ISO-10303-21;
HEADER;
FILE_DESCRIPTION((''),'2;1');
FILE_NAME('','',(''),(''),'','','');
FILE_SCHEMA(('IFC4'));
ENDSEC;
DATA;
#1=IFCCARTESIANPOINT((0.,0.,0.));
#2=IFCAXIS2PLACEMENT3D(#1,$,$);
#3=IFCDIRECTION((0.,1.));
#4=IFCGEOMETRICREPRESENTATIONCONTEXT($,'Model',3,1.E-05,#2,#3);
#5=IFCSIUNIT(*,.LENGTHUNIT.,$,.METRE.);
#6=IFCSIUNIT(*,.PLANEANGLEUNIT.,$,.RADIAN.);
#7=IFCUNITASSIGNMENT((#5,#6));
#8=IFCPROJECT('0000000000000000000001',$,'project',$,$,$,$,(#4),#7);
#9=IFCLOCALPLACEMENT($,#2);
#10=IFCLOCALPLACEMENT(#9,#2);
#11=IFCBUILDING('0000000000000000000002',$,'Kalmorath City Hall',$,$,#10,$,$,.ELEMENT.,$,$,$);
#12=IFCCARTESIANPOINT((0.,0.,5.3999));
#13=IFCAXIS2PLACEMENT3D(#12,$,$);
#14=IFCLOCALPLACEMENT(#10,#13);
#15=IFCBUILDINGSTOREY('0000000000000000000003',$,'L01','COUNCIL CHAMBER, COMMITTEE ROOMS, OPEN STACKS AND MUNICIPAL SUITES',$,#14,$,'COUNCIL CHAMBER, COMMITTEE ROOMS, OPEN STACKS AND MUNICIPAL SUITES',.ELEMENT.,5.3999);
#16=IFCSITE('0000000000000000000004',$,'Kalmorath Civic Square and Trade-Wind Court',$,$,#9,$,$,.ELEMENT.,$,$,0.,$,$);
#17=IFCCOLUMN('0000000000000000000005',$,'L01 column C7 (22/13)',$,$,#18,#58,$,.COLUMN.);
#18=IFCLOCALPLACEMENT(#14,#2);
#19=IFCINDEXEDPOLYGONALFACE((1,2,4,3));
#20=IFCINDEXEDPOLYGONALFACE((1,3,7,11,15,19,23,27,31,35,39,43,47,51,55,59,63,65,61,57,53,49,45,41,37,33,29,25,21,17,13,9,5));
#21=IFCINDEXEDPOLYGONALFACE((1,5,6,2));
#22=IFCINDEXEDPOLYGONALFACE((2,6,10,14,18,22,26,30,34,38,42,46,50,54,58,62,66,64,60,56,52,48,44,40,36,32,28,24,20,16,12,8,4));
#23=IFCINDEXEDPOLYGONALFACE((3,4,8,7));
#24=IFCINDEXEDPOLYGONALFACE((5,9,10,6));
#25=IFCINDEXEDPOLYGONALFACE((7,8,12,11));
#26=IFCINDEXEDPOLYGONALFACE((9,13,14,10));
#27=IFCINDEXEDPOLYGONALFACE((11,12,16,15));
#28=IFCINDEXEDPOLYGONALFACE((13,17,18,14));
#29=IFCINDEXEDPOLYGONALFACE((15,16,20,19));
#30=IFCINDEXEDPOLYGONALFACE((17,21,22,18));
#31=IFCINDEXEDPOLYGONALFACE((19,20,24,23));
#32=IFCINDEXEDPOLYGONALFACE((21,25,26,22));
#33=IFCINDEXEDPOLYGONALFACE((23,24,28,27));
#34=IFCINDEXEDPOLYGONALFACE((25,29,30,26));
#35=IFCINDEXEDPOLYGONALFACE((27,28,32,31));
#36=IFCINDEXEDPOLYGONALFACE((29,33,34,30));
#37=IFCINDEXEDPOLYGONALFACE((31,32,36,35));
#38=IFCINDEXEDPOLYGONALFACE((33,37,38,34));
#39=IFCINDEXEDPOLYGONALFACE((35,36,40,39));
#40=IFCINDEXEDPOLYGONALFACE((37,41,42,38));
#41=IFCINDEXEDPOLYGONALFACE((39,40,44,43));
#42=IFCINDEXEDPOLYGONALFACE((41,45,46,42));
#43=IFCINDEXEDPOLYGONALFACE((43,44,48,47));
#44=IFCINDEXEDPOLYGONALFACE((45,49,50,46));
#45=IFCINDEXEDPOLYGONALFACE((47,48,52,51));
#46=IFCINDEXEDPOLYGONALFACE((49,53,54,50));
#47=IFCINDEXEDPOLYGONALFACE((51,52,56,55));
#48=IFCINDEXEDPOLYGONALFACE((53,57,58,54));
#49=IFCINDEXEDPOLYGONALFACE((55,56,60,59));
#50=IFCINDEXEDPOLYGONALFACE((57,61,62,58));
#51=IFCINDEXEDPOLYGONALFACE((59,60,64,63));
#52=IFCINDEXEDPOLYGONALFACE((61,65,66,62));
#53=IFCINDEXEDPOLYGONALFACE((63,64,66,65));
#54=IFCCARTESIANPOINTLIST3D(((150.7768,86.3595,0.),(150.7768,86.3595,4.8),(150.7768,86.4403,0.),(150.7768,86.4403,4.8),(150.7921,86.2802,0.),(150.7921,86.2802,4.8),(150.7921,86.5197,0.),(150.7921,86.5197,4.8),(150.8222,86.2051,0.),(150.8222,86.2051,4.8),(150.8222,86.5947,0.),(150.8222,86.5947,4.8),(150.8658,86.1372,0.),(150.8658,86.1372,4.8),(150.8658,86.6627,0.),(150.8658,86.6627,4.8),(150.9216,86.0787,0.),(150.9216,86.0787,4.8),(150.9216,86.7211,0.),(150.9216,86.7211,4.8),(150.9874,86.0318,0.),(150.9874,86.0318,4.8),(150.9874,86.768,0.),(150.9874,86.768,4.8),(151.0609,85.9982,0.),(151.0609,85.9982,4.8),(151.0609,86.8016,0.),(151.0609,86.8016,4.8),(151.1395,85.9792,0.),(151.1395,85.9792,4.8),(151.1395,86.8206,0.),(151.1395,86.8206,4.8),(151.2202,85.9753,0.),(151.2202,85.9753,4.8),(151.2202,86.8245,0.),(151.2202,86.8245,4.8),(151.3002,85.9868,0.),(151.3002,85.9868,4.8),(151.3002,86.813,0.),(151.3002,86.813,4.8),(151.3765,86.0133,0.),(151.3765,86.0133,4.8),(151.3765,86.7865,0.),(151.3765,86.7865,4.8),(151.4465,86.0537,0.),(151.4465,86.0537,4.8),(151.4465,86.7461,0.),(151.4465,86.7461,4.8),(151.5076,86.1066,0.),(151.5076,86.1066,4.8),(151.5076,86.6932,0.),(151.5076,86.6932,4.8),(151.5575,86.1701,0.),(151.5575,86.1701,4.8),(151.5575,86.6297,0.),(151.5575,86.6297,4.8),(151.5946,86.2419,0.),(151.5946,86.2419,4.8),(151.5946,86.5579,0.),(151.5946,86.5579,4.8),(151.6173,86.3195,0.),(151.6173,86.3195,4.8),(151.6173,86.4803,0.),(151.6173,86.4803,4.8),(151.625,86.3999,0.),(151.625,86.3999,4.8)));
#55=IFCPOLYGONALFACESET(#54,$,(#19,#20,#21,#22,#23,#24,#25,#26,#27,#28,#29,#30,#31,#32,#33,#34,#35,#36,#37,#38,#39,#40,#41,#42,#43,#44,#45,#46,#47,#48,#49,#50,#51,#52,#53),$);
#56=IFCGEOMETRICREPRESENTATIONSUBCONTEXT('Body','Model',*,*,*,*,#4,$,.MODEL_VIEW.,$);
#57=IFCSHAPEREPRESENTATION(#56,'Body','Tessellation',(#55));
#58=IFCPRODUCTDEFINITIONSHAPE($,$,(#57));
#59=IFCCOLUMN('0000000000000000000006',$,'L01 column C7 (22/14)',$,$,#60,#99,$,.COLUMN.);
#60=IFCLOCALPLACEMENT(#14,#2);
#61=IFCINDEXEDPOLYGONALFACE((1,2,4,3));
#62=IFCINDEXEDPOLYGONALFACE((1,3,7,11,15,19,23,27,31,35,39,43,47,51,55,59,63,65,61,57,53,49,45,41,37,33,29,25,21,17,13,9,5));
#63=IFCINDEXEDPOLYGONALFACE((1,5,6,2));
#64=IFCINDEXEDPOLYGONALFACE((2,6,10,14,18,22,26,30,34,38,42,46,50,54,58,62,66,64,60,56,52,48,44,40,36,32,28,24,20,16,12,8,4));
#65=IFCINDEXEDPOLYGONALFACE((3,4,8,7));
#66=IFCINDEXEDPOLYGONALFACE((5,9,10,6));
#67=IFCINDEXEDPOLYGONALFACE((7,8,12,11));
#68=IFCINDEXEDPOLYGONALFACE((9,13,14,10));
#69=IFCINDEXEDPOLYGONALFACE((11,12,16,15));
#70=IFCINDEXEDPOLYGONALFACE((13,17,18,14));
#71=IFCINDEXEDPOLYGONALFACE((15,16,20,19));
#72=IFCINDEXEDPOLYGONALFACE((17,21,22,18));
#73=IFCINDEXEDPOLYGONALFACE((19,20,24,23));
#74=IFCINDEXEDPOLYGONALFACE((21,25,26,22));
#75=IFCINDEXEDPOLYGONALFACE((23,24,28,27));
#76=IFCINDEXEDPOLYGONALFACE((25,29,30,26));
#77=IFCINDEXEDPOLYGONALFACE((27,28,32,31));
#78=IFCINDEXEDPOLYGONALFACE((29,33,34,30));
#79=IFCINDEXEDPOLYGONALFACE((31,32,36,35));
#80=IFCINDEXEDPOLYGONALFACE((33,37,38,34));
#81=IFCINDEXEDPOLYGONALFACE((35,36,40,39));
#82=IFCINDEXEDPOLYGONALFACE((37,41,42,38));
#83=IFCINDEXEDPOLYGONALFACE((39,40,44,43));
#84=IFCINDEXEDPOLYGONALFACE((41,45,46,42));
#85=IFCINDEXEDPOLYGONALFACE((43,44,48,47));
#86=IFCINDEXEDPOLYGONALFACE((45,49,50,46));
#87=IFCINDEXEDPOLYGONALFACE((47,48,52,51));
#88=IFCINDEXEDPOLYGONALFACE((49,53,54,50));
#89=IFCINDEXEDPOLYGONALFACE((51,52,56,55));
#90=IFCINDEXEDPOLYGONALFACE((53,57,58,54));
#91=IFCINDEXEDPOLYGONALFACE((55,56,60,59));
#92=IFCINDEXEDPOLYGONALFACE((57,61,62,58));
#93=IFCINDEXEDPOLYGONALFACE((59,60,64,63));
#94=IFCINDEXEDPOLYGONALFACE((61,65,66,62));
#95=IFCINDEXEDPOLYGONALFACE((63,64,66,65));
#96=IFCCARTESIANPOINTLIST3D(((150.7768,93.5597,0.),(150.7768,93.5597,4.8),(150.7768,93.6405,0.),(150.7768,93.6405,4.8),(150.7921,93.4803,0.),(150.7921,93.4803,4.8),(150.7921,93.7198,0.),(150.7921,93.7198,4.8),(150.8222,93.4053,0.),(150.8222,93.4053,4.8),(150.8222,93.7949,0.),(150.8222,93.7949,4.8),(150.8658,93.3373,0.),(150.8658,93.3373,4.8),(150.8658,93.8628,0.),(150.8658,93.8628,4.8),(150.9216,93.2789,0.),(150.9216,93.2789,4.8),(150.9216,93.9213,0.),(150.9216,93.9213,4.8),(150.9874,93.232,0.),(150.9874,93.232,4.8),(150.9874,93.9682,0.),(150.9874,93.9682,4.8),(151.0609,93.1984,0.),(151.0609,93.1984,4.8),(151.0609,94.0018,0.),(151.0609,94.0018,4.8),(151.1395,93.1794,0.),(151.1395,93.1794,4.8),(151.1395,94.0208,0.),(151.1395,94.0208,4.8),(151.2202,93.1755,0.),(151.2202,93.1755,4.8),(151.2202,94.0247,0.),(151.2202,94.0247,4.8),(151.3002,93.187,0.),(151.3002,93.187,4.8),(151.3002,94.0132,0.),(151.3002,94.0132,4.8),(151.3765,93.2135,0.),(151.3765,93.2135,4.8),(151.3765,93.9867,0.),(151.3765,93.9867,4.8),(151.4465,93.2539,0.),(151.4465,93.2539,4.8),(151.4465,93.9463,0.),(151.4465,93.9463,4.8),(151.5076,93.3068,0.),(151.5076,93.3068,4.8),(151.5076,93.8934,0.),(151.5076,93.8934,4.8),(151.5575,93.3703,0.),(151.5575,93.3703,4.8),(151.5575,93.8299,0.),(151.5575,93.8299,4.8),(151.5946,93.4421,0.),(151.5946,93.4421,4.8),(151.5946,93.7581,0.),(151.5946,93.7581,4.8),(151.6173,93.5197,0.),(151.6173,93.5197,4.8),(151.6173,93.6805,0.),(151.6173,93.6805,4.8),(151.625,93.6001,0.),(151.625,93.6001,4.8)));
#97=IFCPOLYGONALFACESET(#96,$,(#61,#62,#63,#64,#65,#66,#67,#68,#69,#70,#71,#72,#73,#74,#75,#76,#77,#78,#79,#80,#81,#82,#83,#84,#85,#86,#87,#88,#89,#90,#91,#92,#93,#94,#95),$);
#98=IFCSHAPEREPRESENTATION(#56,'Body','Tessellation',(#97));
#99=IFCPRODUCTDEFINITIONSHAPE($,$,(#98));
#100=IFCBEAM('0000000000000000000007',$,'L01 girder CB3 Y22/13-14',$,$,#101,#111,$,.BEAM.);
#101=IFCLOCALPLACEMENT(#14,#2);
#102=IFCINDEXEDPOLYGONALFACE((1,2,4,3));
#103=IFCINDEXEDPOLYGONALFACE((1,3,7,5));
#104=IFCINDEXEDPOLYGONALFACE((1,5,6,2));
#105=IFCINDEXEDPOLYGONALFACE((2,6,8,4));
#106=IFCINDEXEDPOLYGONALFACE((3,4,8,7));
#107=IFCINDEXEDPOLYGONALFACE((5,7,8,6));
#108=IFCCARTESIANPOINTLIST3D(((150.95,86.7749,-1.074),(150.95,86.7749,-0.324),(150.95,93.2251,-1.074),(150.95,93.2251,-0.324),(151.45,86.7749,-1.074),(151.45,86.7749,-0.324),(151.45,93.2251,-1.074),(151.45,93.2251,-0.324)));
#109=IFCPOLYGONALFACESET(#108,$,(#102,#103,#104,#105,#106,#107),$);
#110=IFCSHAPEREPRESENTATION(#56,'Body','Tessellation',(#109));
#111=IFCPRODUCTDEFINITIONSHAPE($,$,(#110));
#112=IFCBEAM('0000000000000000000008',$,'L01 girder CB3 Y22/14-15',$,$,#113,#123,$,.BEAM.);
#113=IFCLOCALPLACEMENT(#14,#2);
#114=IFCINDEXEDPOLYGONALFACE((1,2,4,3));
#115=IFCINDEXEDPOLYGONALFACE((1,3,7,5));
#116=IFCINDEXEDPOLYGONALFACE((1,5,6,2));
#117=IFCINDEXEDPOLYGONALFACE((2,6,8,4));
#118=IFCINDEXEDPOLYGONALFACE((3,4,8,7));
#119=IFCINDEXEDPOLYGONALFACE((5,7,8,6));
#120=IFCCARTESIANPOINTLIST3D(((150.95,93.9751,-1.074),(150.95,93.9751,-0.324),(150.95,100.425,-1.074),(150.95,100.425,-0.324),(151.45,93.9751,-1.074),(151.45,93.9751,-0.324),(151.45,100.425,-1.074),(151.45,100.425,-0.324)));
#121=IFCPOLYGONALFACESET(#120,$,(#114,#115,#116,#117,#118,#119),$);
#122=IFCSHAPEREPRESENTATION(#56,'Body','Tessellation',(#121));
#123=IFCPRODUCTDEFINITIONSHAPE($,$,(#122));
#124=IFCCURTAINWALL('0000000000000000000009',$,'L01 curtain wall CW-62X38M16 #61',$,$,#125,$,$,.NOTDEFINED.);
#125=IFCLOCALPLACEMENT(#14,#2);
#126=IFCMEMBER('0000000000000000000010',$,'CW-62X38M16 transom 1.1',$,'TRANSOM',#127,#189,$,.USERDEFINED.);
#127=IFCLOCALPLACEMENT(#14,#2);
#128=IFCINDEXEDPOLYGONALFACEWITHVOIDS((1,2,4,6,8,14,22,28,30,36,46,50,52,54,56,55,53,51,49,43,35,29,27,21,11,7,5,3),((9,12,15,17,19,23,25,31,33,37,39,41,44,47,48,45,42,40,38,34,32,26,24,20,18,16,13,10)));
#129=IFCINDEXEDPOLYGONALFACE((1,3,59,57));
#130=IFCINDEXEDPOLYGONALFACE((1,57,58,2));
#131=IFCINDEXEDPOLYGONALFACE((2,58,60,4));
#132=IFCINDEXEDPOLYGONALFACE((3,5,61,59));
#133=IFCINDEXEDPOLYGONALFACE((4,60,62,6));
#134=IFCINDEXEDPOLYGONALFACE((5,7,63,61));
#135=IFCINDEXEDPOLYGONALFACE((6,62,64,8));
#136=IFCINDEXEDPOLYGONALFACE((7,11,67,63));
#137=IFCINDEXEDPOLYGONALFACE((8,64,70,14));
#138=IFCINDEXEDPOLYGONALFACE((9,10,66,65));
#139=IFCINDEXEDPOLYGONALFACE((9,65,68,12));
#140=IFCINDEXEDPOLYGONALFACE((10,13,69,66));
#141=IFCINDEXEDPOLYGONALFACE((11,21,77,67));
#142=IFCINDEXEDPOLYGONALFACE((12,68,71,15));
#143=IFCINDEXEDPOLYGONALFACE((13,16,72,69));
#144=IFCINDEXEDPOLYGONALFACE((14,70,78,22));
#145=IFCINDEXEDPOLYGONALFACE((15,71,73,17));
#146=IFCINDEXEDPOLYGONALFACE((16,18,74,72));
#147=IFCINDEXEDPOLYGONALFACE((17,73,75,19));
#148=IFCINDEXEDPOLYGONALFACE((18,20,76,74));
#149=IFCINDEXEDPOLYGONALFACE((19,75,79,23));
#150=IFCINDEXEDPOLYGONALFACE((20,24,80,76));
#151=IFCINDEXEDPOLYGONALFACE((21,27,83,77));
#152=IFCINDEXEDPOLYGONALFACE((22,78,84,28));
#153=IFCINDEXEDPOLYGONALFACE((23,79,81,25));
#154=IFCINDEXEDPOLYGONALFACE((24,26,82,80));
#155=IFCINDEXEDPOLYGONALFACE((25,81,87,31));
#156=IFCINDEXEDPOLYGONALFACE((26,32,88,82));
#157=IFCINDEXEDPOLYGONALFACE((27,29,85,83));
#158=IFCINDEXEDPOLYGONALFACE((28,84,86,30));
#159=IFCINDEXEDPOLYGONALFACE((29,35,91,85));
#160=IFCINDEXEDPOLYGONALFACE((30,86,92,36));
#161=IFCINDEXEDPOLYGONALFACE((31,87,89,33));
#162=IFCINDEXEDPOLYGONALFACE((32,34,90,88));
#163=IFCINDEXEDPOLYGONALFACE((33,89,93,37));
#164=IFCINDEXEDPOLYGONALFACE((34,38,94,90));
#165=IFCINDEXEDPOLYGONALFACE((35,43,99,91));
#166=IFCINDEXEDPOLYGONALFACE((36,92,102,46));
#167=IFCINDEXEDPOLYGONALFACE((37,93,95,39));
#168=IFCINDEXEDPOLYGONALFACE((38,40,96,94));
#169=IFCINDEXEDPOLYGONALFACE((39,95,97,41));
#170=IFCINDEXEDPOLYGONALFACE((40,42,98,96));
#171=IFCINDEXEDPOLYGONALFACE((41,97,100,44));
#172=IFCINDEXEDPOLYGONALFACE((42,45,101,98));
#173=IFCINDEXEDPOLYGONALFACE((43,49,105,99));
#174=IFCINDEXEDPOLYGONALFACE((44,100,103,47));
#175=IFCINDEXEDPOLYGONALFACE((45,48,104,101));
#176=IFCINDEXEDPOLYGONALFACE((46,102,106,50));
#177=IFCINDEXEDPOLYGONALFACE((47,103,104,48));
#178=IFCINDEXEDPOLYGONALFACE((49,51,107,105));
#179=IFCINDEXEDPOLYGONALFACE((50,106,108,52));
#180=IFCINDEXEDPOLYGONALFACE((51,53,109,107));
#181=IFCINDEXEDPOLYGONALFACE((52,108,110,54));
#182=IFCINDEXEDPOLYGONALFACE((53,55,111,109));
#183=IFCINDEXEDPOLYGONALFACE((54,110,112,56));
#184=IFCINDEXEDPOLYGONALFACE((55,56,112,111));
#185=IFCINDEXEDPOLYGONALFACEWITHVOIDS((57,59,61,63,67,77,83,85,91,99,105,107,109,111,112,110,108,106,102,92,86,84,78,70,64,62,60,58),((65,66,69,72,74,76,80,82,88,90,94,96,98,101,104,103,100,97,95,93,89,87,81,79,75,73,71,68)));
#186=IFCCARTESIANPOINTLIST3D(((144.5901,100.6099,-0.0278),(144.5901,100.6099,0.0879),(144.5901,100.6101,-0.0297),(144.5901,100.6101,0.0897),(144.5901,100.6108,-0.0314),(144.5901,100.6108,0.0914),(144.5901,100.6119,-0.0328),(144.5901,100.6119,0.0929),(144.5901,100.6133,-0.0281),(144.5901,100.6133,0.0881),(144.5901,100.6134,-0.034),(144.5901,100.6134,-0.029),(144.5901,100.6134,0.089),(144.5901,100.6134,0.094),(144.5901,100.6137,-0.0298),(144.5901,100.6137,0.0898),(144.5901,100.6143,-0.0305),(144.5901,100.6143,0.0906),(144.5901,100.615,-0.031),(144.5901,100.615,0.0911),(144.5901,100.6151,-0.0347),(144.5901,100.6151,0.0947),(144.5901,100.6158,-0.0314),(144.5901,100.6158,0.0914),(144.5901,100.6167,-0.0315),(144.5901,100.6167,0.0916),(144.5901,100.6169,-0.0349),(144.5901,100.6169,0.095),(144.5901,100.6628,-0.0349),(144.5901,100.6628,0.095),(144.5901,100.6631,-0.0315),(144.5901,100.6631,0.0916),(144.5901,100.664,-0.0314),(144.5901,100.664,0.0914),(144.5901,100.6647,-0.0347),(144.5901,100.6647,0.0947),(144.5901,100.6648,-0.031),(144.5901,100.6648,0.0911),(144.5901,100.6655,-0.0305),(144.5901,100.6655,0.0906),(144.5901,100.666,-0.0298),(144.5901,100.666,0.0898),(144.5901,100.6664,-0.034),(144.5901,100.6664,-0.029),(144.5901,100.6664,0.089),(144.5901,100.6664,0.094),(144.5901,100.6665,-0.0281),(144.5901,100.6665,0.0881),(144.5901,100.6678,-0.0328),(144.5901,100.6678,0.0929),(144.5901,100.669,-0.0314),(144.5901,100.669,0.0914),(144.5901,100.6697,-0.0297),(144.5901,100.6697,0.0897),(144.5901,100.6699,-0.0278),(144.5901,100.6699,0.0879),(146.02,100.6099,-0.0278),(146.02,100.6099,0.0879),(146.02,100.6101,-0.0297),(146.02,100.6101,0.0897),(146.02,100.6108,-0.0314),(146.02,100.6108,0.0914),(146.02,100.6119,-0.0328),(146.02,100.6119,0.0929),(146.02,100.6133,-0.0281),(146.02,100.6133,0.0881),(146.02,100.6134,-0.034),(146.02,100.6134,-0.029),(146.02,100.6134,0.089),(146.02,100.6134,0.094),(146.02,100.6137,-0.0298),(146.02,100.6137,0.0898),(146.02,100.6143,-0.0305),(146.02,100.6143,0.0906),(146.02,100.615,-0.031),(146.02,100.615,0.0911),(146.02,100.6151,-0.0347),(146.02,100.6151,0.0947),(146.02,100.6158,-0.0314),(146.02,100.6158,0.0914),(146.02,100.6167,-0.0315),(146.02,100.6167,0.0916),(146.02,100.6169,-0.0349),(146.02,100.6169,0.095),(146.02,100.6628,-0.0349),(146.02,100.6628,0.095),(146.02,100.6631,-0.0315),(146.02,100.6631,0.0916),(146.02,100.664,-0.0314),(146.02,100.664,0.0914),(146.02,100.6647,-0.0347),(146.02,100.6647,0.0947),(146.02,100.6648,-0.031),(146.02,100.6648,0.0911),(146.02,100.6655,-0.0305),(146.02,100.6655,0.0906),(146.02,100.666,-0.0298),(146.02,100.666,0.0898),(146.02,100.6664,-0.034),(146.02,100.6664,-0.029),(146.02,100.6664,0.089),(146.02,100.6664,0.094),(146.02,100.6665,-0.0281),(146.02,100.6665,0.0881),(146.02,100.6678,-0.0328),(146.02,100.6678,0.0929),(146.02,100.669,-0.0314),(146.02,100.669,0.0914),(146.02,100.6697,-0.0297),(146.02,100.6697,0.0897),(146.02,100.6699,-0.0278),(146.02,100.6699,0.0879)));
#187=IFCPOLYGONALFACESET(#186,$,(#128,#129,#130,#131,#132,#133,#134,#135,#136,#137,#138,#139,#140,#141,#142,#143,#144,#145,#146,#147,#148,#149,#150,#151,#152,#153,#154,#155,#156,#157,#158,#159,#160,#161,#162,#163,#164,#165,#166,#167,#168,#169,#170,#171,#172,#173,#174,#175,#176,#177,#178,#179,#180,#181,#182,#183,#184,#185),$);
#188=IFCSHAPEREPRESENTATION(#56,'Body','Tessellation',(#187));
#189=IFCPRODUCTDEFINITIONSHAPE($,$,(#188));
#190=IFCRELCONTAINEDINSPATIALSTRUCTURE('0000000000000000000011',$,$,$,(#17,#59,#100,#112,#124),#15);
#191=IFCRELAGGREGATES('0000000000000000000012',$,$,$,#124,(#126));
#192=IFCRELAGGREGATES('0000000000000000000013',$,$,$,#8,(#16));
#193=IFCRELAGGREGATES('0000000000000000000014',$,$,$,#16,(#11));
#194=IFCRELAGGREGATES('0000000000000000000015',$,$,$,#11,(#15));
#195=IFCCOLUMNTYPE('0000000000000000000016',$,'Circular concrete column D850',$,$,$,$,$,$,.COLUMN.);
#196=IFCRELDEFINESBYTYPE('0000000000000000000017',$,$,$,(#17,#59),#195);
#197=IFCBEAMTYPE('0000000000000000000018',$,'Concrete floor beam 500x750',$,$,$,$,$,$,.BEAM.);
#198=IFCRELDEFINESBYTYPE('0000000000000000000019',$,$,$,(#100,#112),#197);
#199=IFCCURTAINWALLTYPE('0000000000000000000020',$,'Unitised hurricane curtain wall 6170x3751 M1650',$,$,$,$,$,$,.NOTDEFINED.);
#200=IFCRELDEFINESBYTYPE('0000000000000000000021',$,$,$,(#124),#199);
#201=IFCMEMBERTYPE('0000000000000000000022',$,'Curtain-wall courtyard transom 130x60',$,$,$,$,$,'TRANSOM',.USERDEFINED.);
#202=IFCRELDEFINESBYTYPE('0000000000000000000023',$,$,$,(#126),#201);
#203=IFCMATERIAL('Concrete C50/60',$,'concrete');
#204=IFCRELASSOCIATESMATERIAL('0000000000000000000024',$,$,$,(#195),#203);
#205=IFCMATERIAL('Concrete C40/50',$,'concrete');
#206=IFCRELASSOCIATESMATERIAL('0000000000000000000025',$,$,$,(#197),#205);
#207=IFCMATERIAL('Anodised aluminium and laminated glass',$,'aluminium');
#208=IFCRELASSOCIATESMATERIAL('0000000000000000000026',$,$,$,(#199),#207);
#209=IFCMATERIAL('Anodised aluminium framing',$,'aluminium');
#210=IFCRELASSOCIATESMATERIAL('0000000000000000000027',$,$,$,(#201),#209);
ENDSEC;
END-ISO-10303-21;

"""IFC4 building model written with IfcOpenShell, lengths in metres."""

from ifc_helpers import new_model, si_unit, direction, frame, origin, origin_2d, place, context, subcontext, project, spatial, rectangle, hollow_rectangle, circle, extrude, material, material_profile, profile_set, type_object, element, aggregate, save


model = new_model("IFC4")

# Units and contexts
model_context = context("Model", 3, precision=1e-05, world=origin(), true_north=direction((0.0, 1.0)))
body_context = subcontext(model_context, "Body", "Model", "MODEL_VIEW")
ifc_project = project(units=[si_unit("LENGTHUNIT", "METRE"), si_unit("PLANEANGLEUNIT", "RADIAN")], contexts=[model_context])

# Site, building, storey
site_placement = place(None, origin())
site = spatial("IfcSite", under=ifc_project, at=site_placement, Name="Kalmorath Civic Square and Trade-Wind Court", CompositionType="ELEMENT", RefElevation=0.0)
building_placement = place(site_placement, origin())
building = spatial("IfcBuilding", under=site, at=building_placement, Name="Kalmorath City Hall", CompositionType="ELEMENT")
storey_placement = place(building_placement, frame((0.0, 0.0, 5.3999)))
storey = spatial("IfcBuildingStorey", under=building, at=storey_placement, Name="L01", Description="COUNCIL CHAMBER, COMMITTEE ROOMS, OPEN STACKS AND MUNICIPAL SUITES", LongName="COUNCIL CHAMBER, COMMITTEE ROOMS, OPEN STACKS AND MUNICIPAL SUITES", CompositionType="ELEMENT", Elevation=5.3999)

# Columns
ifc_material_1 = material(Name="Concrete C50/60", Category="concrete")
ifc_material_profile_1 = material_profile(ifc_material_1, circle(Radius=0.425, at=origin_2d()), Name="RC-COL-D850")
ifc_profile_set_1 = profile_set([ifc_material_profile_1], Name="Concrete C50/60")
column_type = type_object("IfcColumnType", Name="Circular concrete column D850", PredefinedType="COLUMN", material=ifc_profile_set_1)
for number, where, z_axis, x_axis, name in (
    (1, (151.2, 86.3999, 0.0), (0.0, 0.0, 1.0), (1.0, 0.0, 0.0), "L01 column C7 (22/13)"),
    (2, (151.2, 93.6001, 0.0), (0.0, 0.0, 1.0), (1.0, 0.0, 0.0), "L01 column C7 (22/14)"),
):
    element("IfcColumn", number, at=place(storey_placement, frame(where, z_axis=z_axis, x_axis=x_axis)), inside=storey, type_object=column_type, Name=name, PredefinedType="COLUMN", context=body_context, shape_type="SweptSolid", body=[
        extrude(circle(Radius=0.425, at=origin_2d()), origin(), (0.0, 0.0, 1.0), 4.8),
    ])

# Beams
ifc_material_2 = material(Name="Concrete C40/50", Category="concrete")
ifc_material_profile_2 = material_profile(ifc_material_2, rectangle(XDim=0.5, YDim=0.75, at=origin_2d()), Name="RC-BM-500X750")
ifc_profile_set_2 = profile_set([ifc_material_profile_2], Name="Concrete C40/50")
beam_type_1 = type_object("IfcBeamType", Name="Concrete floor beam 500x750", PredefinedType="BEAM", material=ifc_profile_set_2)
beam_1_placement = place(storey_placement, frame((151.2, 86.7749, -0.699), z_axis=(0.0, 1.0, 0.0), x_axis=(-1.0, 0.0, 0.0)))
element("IfcBeam", 3, at=beam_1_placement, inside=storey, type_object=beam_type_1, Name="L01 girder CB3 Y22/13-14", PredefinedType="BEAM", context=body_context, shape_type="SweptSolid", body=[
    extrude(rectangle(XDim=0.5, YDim=0.75, at=origin_2d()), origin(), (0.0, 0.0, 1.0), 6.4502),
])
beam_2_placement = place(storey_placement, frame((151.2, 93.9751, -0.699), z_axis=(0.0, 1.0, 0.0), x_axis=(-1.0, 0.0, 0.0)))
element("IfcBeam", 4, at=beam_2_placement, inside=storey, type_object=beam_type_1, Name="L01 girder CB3 Y22/14-15", PredefinedType="BEAM", context=body_context, shape_type="SweptSolid", body=[
    extrude(rectangle(XDim=0.5, YDim=0.75, at=origin_2d()), origin(), (0.0, 0.0, 1.0), 6.45),
])

# Curtain wall, member
ifc_material_3 = material(Name="Anodised aluminium and laminated glass", Category="aluminium")
curtain_wall_type = type_object("IfcCurtainWallType", Name="Unitised hurricane curtain wall 6170x3751 M1650", PredefinedType="NOTDEFINED", material=ifc_material_3)
curtain_wall_placement = place(storey_placement, origin())
curtain_wall = element("IfcCurtainWall", 5, at=curtain_wall_placement, inside=storey, type_object=curtain_wall_type, Name="L01 curtain wall CW-62X38M16 #61", PredefinedType="NOTDEFINED")
ifc_material_4 = material(Name="Anodised aluminium framing", Category="aluminium")
ifc_material_profile_3 = material_profile(ifc_material_4, hollow_rectangle(XDim=0.0601, YDim=0.1299, WallThickness=0.0034, InnerFilletRadius=0.0034, OuterFilletRadius=0.0071, at=origin_2d()), Name="ALU-TRN-130X60X3.5")
ifc_profile_set_3 = profile_set([ifc_material_profile_3], Name="Anodised aluminium framing")
member_type_1 = type_object("IfcMemberType", Name="Curtain-wall courtyard transom 130x60", ElementType="TRANSOM", PredefinedType="USERDEFINED", material=ifc_profile_set_3)
member_1_placement = place(storey_placement, frame((144.5901, 100.6399, 0.03), z_axis=(1.0, 0.0, 0.0), x_axis=(0.0, 1.0, 0.0)))
member_1 = element("IfcMember", 6, at=member_1_placement, type_object=member_type_1, Name="CW-62X38M16 transom 1.1", ObjectType="TRANSOM", PredefinedType="USERDEFINED", context=body_context, shape_type="SweptSolid", body=[
    extrude(hollow_rectangle(XDim=0.0601, YDim=0.1299, WallThickness=0.0034, InnerFilletRadius=0.0034, OuterFilletRadius=0.0071, at=origin_2d()), origin(), (0.0, 0.0, 1.0), 1.4299),
])

aggregate(curtain_wall, [member_1])

save(model, "model.ifc")
